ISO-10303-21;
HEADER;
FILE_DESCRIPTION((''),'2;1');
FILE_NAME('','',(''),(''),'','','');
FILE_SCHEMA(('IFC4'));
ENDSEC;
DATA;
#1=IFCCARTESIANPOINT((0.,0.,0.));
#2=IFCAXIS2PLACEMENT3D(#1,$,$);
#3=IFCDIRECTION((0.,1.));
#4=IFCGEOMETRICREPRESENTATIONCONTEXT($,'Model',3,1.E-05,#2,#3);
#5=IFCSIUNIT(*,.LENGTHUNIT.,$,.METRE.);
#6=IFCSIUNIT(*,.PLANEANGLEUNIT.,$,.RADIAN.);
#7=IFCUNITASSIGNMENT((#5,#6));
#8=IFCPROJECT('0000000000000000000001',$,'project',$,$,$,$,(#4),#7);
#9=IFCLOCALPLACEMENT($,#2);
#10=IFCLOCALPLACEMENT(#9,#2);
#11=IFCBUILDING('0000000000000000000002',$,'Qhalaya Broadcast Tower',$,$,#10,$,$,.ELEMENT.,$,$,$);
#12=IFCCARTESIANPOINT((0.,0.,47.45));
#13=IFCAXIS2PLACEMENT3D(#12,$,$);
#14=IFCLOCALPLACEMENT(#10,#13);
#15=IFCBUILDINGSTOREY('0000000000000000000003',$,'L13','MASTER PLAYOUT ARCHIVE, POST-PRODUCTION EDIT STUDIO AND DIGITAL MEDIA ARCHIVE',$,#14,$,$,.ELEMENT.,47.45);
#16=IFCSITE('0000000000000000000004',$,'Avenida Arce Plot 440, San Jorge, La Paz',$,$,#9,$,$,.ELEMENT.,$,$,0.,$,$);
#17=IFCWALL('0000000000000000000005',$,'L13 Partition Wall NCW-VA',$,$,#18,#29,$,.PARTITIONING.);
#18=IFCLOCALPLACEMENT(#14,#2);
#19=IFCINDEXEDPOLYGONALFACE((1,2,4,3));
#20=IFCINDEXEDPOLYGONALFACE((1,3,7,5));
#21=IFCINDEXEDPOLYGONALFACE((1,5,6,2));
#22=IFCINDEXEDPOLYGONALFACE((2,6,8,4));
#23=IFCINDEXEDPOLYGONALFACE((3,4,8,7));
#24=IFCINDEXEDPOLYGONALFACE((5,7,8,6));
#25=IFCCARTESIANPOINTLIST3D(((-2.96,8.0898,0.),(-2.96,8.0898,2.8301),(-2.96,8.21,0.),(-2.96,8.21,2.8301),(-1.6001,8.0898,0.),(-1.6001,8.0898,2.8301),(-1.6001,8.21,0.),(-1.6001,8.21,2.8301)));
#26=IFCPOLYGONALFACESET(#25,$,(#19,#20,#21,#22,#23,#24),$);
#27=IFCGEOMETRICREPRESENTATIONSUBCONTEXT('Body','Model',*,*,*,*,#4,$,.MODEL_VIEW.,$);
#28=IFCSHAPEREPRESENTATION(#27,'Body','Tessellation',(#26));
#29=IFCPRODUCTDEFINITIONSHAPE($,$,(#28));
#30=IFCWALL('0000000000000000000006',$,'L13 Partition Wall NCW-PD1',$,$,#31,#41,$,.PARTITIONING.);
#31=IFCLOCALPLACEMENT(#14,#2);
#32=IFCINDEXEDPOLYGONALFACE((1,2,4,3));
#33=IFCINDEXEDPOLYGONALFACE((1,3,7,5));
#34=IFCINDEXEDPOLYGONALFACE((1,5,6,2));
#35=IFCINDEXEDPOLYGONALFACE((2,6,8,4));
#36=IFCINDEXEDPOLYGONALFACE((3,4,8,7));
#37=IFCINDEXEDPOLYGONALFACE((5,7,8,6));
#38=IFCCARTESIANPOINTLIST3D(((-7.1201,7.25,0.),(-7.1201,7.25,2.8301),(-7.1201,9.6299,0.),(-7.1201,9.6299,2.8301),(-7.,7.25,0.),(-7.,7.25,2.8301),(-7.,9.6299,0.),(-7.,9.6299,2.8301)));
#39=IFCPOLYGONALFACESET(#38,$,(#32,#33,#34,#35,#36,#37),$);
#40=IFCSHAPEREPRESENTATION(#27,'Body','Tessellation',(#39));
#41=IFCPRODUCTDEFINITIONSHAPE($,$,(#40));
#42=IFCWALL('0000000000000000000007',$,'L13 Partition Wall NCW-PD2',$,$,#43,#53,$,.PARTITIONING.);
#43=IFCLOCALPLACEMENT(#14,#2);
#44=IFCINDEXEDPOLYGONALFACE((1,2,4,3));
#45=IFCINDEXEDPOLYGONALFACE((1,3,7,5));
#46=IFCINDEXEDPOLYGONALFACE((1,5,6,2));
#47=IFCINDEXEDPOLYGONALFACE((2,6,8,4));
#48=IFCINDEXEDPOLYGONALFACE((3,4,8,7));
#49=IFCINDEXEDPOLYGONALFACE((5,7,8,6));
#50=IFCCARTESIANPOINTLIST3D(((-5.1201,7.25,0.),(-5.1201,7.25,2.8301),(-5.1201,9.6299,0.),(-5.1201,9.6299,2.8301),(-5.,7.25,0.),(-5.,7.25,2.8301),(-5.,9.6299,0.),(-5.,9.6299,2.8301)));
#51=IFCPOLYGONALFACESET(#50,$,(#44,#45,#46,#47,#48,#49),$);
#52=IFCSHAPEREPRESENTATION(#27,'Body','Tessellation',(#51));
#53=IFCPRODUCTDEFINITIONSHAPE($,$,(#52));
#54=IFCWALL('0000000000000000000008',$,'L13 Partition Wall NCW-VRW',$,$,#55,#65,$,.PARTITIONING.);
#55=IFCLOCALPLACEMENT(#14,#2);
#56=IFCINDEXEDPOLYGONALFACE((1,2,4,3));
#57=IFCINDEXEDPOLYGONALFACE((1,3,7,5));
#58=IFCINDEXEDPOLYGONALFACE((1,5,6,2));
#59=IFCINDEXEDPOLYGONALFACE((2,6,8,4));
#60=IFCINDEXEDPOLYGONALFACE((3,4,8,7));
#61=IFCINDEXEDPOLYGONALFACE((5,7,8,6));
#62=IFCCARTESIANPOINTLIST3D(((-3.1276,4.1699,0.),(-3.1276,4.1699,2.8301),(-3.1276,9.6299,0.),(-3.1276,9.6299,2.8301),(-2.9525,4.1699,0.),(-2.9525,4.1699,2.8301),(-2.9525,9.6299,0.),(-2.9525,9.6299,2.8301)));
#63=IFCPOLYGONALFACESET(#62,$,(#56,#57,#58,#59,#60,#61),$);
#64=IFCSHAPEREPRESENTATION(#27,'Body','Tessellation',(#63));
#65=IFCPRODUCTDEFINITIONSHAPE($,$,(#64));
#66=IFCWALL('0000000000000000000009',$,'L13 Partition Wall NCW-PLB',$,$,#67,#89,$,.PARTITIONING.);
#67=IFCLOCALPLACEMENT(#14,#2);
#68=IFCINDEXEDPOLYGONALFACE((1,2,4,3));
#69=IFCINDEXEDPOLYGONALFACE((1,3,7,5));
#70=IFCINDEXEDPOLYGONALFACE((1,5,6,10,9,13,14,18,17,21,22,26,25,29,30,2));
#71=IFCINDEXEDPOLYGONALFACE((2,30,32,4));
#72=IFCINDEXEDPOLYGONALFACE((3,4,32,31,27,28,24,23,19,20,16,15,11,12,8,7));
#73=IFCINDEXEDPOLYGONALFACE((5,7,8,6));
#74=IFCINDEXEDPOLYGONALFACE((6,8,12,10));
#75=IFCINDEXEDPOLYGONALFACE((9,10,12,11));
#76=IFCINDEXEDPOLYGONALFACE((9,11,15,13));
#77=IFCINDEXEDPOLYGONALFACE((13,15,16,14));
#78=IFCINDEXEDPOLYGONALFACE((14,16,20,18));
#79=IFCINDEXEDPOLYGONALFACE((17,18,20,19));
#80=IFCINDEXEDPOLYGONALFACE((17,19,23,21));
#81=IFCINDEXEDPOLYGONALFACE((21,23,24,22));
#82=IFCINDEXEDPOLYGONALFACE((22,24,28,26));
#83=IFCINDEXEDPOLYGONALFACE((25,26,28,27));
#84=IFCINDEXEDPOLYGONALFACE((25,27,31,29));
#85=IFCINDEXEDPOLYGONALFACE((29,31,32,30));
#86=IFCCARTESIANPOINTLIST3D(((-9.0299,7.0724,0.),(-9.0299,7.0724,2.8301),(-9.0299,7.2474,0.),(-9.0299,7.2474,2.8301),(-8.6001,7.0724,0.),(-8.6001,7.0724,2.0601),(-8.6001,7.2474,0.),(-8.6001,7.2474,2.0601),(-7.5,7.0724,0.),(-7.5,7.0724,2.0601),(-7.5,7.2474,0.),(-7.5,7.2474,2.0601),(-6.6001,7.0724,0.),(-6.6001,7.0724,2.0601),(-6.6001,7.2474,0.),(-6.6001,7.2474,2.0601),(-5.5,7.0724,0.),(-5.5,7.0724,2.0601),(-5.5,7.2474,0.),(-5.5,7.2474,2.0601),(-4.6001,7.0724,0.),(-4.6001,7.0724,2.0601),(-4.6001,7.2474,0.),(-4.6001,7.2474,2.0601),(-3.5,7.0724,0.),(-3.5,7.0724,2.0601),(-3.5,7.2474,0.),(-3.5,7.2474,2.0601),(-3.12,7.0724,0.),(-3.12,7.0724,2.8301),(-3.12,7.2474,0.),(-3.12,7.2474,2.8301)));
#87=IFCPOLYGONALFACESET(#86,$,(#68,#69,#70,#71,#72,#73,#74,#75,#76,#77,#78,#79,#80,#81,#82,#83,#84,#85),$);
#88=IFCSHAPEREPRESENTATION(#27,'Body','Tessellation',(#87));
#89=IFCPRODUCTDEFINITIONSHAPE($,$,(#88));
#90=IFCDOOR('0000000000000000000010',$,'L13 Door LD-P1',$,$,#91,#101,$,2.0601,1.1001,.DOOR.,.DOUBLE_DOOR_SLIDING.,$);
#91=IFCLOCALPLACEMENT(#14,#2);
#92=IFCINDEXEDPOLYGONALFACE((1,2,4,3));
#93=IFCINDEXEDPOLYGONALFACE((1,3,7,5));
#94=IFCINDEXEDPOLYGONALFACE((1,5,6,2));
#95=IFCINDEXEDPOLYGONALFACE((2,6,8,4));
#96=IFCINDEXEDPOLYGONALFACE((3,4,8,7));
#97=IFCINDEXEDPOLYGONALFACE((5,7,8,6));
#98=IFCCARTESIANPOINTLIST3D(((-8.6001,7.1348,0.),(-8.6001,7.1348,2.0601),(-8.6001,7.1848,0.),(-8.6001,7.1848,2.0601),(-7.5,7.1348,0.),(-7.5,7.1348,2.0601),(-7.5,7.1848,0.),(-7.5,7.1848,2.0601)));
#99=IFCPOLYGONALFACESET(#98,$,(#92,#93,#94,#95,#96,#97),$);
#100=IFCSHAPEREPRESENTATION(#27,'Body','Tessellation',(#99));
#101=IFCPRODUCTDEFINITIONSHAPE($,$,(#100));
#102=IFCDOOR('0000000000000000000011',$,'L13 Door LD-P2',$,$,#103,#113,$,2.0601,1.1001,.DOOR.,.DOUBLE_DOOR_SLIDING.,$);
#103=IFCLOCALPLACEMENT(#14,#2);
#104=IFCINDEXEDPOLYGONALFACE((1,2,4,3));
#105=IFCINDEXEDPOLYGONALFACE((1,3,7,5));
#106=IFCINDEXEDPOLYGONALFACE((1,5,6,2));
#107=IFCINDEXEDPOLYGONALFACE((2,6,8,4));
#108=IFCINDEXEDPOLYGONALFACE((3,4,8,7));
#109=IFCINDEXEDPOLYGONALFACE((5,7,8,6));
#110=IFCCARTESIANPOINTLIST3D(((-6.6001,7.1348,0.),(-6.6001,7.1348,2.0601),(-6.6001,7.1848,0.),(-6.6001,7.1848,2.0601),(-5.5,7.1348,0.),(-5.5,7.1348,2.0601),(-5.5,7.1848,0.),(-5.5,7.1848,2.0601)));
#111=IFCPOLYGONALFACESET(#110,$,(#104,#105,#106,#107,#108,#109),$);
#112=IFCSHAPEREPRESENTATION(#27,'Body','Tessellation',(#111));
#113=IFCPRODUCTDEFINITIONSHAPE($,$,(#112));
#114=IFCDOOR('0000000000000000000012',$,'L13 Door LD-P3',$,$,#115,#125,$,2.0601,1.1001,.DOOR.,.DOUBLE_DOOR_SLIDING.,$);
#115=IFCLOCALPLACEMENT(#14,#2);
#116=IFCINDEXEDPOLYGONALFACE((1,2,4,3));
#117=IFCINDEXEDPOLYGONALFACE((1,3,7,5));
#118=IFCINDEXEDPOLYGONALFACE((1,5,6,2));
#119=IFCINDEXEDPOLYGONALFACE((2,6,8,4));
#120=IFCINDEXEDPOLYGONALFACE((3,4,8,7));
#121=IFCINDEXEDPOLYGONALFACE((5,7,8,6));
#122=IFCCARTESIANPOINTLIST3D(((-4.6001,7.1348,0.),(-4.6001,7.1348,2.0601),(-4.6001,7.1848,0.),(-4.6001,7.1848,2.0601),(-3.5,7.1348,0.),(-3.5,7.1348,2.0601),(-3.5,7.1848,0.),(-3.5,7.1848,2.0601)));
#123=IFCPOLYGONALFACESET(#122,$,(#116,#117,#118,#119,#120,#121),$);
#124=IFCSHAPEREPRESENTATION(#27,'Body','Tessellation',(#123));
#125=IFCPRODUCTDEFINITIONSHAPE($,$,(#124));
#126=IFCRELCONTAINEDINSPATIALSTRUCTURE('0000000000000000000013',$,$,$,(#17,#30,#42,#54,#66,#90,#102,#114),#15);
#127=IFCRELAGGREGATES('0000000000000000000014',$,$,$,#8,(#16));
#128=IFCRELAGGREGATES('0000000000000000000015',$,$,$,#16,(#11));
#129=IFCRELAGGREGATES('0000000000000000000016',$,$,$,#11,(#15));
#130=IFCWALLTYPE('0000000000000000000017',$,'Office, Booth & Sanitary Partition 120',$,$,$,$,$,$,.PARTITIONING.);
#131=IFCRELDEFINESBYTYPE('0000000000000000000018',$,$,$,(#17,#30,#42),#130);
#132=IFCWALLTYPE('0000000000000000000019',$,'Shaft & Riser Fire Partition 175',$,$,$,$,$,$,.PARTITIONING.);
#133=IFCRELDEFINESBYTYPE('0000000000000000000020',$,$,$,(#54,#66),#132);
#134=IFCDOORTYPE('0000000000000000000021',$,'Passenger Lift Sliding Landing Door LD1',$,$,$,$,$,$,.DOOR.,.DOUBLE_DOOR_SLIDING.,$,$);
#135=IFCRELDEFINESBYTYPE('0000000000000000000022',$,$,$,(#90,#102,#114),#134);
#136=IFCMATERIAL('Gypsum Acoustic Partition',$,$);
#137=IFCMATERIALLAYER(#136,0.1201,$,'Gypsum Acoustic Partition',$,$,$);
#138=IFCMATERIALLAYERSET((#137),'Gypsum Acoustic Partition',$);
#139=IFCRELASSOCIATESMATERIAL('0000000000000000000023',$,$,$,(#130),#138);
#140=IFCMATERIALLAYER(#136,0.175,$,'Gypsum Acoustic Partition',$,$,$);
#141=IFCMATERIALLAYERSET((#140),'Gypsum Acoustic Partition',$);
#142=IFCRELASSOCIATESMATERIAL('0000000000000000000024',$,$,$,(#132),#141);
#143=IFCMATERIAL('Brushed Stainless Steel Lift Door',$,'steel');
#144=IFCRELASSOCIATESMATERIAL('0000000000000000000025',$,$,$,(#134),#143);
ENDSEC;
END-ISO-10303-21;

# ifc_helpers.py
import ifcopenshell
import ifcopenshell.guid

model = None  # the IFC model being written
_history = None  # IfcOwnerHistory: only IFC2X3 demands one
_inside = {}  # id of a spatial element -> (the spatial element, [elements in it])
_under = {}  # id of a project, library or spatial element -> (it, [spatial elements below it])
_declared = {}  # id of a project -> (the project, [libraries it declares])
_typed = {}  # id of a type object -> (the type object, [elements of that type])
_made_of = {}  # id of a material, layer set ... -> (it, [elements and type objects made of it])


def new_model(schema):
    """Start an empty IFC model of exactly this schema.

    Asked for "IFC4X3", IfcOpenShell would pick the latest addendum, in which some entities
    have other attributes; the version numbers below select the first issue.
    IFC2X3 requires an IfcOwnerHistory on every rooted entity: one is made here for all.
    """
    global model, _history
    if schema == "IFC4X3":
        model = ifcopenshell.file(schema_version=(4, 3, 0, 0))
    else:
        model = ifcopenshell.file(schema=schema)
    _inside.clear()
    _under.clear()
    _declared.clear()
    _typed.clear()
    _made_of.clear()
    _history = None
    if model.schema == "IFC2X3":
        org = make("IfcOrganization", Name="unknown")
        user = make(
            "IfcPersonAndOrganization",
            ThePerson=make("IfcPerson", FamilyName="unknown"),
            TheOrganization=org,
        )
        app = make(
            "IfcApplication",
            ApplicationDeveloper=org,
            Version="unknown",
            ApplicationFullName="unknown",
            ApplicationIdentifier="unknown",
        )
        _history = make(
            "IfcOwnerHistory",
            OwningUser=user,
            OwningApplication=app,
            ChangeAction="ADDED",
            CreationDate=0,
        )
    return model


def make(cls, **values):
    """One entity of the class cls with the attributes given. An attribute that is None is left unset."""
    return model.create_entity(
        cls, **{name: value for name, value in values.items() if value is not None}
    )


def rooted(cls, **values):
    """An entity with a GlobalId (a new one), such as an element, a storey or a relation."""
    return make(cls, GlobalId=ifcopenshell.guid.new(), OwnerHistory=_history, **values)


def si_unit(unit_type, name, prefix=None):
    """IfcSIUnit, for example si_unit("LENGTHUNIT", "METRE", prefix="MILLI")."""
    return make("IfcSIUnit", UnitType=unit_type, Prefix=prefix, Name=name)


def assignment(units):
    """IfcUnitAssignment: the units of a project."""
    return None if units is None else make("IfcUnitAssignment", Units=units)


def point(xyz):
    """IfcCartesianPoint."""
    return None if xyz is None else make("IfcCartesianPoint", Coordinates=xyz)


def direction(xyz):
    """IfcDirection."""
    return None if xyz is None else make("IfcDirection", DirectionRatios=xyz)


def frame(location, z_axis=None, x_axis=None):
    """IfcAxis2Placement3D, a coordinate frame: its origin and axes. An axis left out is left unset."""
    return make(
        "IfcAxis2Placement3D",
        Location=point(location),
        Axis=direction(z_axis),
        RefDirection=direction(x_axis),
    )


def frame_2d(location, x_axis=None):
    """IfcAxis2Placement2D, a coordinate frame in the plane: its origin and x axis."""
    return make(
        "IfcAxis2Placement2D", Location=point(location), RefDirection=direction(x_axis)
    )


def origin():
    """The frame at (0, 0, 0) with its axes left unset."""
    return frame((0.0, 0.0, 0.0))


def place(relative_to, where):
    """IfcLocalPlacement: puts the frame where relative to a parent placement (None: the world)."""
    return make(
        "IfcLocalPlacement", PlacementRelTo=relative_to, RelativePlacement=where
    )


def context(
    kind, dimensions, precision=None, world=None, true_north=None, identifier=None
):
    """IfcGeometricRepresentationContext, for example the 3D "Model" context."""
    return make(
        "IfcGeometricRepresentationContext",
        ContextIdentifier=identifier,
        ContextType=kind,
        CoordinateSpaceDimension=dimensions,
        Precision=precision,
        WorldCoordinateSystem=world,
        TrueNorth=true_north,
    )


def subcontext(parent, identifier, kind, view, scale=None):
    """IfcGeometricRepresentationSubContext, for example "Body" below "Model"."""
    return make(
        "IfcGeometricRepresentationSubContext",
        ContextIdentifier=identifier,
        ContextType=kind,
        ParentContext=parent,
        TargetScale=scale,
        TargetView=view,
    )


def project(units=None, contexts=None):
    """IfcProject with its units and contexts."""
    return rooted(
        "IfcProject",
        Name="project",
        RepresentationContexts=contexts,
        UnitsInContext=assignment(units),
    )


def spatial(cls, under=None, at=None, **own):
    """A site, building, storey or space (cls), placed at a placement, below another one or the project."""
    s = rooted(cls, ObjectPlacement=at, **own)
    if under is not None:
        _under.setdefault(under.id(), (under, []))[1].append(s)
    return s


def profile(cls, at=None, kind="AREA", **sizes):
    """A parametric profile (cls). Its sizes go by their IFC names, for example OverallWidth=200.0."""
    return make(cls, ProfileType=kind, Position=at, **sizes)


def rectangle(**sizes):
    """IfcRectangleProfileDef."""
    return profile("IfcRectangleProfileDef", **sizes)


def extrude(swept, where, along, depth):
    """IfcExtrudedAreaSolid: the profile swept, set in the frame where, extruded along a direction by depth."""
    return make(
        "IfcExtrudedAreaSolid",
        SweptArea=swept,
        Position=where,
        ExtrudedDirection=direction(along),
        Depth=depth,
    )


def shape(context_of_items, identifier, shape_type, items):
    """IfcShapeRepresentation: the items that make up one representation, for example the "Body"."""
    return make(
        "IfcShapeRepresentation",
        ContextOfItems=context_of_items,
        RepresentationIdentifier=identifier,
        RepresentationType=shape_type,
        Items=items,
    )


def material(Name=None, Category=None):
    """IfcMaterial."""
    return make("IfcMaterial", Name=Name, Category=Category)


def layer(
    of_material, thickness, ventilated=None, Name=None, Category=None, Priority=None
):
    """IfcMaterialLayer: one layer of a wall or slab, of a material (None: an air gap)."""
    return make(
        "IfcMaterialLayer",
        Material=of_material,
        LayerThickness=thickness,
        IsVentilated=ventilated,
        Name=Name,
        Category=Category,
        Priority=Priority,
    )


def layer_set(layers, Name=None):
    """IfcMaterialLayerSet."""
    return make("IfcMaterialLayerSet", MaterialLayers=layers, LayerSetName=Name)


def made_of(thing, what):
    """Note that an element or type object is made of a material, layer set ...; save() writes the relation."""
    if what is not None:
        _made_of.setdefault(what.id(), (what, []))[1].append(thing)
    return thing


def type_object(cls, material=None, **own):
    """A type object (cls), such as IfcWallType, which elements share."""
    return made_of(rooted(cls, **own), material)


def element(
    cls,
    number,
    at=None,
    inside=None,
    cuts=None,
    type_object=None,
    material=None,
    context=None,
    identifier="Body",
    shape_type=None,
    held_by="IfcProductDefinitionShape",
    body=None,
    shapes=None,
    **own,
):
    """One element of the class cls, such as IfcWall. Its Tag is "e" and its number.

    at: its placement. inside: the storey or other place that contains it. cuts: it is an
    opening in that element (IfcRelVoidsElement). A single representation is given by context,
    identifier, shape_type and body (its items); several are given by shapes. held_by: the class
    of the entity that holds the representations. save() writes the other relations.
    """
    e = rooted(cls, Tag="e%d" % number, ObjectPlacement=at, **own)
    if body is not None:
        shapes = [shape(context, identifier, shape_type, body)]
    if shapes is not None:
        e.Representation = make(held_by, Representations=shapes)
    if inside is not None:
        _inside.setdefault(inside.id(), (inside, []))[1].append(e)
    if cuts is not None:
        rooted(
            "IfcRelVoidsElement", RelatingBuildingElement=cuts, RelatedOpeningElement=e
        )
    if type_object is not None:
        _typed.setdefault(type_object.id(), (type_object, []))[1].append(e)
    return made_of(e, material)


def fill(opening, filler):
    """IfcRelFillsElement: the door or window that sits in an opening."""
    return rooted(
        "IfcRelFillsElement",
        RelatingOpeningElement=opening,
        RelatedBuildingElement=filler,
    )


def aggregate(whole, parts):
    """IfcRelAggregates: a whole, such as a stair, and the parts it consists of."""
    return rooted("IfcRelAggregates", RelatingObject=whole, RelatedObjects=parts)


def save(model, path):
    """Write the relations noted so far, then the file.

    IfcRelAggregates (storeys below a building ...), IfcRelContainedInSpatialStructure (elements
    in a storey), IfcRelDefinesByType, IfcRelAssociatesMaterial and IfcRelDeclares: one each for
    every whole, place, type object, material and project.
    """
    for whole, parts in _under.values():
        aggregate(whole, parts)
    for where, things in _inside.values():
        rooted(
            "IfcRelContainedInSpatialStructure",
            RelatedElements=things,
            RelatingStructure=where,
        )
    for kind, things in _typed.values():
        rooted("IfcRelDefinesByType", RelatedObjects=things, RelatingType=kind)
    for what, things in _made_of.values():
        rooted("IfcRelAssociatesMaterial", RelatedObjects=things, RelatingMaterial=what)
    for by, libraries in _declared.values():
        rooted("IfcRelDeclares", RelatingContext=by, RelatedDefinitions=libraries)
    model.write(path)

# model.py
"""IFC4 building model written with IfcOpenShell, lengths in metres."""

from ifc_helpers import new_model, si_unit, direction, frame, frame_2d, origin, place, context, subcontext, project, spatial, rectangle, extrude, material, layer, layer_set, type_object, element, fill, save


model = new_model("IFC4")

# Units and contexts
model_context = context("Model", 3, precision=1e-05, world=origin(), true_north=direction((0.0, 1.0)))
body_context = subcontext(model_context, "Body", "Model", "MODEL_VIEW")
ifc_project = project(units=[si_unit("LENGTHUNIT", "METRE"), si_unit("PLANEANGLEUNIT", "RADIAN")], contexts=[model_context])

# Site, building, storey
site_placement = place(None, origin())
site = spatial("IfcSite", under=ifc_project, at=site_placement, Name="Avenida Arce Plot 440, San Jorge, La Paz", CompositionType="ELEMENT", RefElevation=0.0)
building_placement = place(site_placement, origin())
building = spatial("IfcBuilding", under=site, at=building_placement, Name="Qhalaya Broadcast Tower", CompositionType="ELEMENT")
storey_placement = place(building_placement, frame((0.0, 0.0, 47.45)))
storey = spatial("IfcBuildingStorey", under=building, at=storey_placement, Name="L13", Description="MASTER PLAYOUT ARCHIVE, POST-PRODUCTION EDIT STUDIO AND DIGITAL MEDIA ARCHIVE", CompositionType="ELEMENT", Elevation=47.45)

# Shared definitions
ifc_material_1 = material(Name="Gypsum Acoustic Partition")

# Walls
ifc_layer_1 = layer(ifc_material_1, 0.1201, Name="Gypsum Acoustic Partition")
ifc_layer_set_1 = layer_set([ifc_layer_1], Name="Gypsum Acoustic Partition")
wall_type_1 = type_object("IfcWallType", Name="Office, Booth & Sanitary Partition 120", PredefinedType="PARTITIONING", material=ifc_layer_set_1)
wall_1_placement = place(storey_placement, frame((-2.96, 8.1499, 0.0), z_axis=(0.0, 0.0, 1.0), x_axis=(1.0, 0.0, 0.0)))
element("IfcWall", 1, at=wall_1_placement, inside=storey, type_object=wall_type_1, Name="L13 Partition Wall NCW-VA", PredefinedType="PARTITIONING", context=body_context, shape_type="SweptSolid", body=[
    extrude(rectangle(XDim=1.3599, YDim=0.1201, at=frame_2d((0.6799, 0.0))), origin(), (0.0, 0.0, 1.0), 2.8301),
])
for number, where, z_axis, x_axis, name in (
    (2, (-7.0601, 7.25, 0.0), (0.0, 0.0, 1.0), (0.0, 1.0, 0.0), "L13 Partition Wall NCW-PD1"),
    (3, (-5.0601, 7.25, 0.0), (0.0, 0.0, 1.0), (0.0, 1.0, 0.0), "L13 Partition Wall NCW-PD2"),
):
    element("IfcWall", number, at=place(storey_placement, frame(where, z_axis=z_axis, x_axis=x_axis)), inside=storey, type_object=wall_type_1, Name=name, PredefinedType="PARTITIONING", context=body_context, shape_type="SweptSolid", body=[
        extrude(rectangle(XDim=2.3799, YDim=0.1201, at=frame_2d((1.1899, 0.0))), origin(), (0.0, 0.0, 1.0), 2.8301),
    ])
ifc_layer_2 = layer(ifc_material_1, 0.175, Name="Gypsum Acoustic Partition")
ifc_layer_set_2 = layer_set([ifc_layer_2], Name="Gypsum Acoustic Partition")
wall_type_2 = type_object("IfcWallType", Name="Shaft & Riser Fire Partition 175", PredefinedType="PARTITIONING", material=ifc_layer_set_2)
wall_2_placement = place(storey_placement, frame((-3.04, 4.1699, 0.0), z_axis=(0.0, 0.0, 1.0), x_axis=(0.0, 1.0, 0.0)))
element("IfcWall", 4, at=wall_2_placement, inside=storey, type_object=wall_type_2, Name="L13 Partition Wall NCW-VRW", PredefinedType="PARTITIONING", context=body_context, shape_type="SweptSolid", body=[
    extrude(rectangle(XDim=5.46, YDim=0.175, at=frame_2d((2.73, 0.0))), origin(), (0.0, 0.0, 1.0), 2.8301),
])

# Wall, openings, doors
wall_3_placement = place(storey_placement, frame((-9.03, 7.1599, 0.0), z_axis=(0.0, 0.0, 1.0), x_axis=(1.0, 0.0, 0.0)))
wall_3 = element("IfcWall", 5, at=wall_3_placement, inside=storey, type_object=wall_type_2, Name="L13 Partition Wall NCW-PLB", PredefinedType="PARTITIONING", context=body_context, shape_type="SweptSolid", body=[
    extrude(rectangle(XDim=5.9099, YDim=0.175, at=frame_2d((2.9551, 0.0))), origin(), (0.0, 0.0, 1.0), 2.8301),
])
opening_1_placement = place(wall_3_placement, frame((0.4299, 0.0, 0.0)))
opening_1 = element("IfcOpeningElement", 6, at=opening_1_placement, cuts=wall_3, PredefinedType="OPENING", context=body_context, shape_type="SweptSolid", body=[
    extrude(rectangle(XDim=1.1001, YDim=2.0601, at=frame_2d((0.55, 1.03))), frame((0.0, 0.0996, 0.0), z_axis=(0.0, -1.0, 0.0), x_axis=(1.0, 0.0, 0.0)), (0.0, 0.0, 1.0), 0.199),
])
opening_2_placement = place(wall_3_placement, frame((2.4299, 0.0, 0.0)))
opening_2 = element("IfcOpeningElement", 7, at=opening_2_placement, cuts=wall_3, PredefinedType="OPENING", context=body_context, shape_type="SweptSolid", body=[
    extrude(rectangle(XDim=1.1001, YDim=2.0601, at=frame_2d((0.55, 1.03))), frame((0.0, 0.0996, 0.0), z_axis=(0.0, -1.0, 0.0), x_axis=(1.0, 0.0, 0.0)), (0.0, 0.0, 1.0), 0.199),
])
opening_3_placement = place(wall_3_placement, frame((4.4299, 0.0, 0.0)))
opening_3 = element("IfcOpeningElement", 8, at=opening_3_placement, cuts=wall_3, PredefinedType="OPENING", context=body_context, shape_type="SweptSolid", body=[
    extrude(rectangle(XDim=1.1001, YDim=2.0601, at=frame_2d((0.55, 1.03))), frame((0.0, 0.0996, 0.0), z_axis=(0.0, -1.0, 0.0), x_axis=(1.0, 0.0, 0.0)), (0.0, 0.0, 1.0), 0.199),
])
ifc_material_2 = material(Name="Brushed Stainless Steel Lift Door", Category="steel")
door_type_1 = type_object("IfcDoorType", Name="Passenger Lift Sliding Landing Door LD1", OperationType="DOUBLE_DOOR_SLIDING", PredefinedType="DOOR", material=ifc_material_2)
door_1_placement = place(opening_1_placement, origin())
door_1 = element("IfcDoor", 9, at=door_1_placement, inside=storey, type_object=door_type_1, Name="L13 Door LD-P1", OperationType="DOUBLE_DOOR_SLIDING", OverallHeight=2.0601, OverallWidth=1.1001, PredefinedType="DOOR", context=body_context, shape_type="SweptSolid", body=[
    extrude(rectangle(XDim=1.1001, YDim=2.0601, at=frame_2d((0.55, 1.03))), frame((0.0, 0.0249, 0.0), z_axis=(0.0, -1.0, 0.0), x_axis=(1.0, 0.0, 0.0)), (0.0, 0.0, 1.0), 0.05),
])
fill(opening_1, door_1)
door_2_placement = place(opening_2_placement, origin())
door_2 = element("IfcDoor", 10, at=door_2_placement, inside=storey, type_object=door_type_1, Name="L13 Door LD-P2", OperationType="DOUBLE_DOOR_SLIDING", OverallHeight=2.0601, OverallWidth=1.1001, PredefinedType="DOOR", context=body_context, shape_type="SweptSolid", body=[
    extrude(rectangle(XDim=1.1001, YDim=2.0601, at=frame_2d((0.55, 1.03))), frame((0.0, 0.0249, 0.0), z_axis=(0.0, -1.0, 0.0), x_axis=(1.0, 0.0, 0.0)), (0.0, 0.0, 1.0), 0.05),
])
fill(opening_2, door_2)
door_3_placement = place(opening_3_placement, origin())
door_3 = element("IfcDoor", 11, at=door_3_placement, inside=storey, type_object=door_type_1, Name="L13 Door LD-P3", OperationType="DOUBLE_DOOR_SLIDING", OverallHeight=2.0601, OverallWidth=1.1001, PredefinedType="DOOR", context=body_context, shape_type="SweptSolid", body=[
    extrude(rectangle(XDim=1.1001, YDim=2.0601, at=frame_2d((0.55, 1.03))), frame((0.0, 0.0249, 0.0), z_axis=(0.0, -1.0, 0.0), x_axis=(1.0, 0.0, 0.0)), (0.0, 0.0, 1.0), 0.05),
])
fill(opening_3, door_3)

save(model, "model.ifc")
